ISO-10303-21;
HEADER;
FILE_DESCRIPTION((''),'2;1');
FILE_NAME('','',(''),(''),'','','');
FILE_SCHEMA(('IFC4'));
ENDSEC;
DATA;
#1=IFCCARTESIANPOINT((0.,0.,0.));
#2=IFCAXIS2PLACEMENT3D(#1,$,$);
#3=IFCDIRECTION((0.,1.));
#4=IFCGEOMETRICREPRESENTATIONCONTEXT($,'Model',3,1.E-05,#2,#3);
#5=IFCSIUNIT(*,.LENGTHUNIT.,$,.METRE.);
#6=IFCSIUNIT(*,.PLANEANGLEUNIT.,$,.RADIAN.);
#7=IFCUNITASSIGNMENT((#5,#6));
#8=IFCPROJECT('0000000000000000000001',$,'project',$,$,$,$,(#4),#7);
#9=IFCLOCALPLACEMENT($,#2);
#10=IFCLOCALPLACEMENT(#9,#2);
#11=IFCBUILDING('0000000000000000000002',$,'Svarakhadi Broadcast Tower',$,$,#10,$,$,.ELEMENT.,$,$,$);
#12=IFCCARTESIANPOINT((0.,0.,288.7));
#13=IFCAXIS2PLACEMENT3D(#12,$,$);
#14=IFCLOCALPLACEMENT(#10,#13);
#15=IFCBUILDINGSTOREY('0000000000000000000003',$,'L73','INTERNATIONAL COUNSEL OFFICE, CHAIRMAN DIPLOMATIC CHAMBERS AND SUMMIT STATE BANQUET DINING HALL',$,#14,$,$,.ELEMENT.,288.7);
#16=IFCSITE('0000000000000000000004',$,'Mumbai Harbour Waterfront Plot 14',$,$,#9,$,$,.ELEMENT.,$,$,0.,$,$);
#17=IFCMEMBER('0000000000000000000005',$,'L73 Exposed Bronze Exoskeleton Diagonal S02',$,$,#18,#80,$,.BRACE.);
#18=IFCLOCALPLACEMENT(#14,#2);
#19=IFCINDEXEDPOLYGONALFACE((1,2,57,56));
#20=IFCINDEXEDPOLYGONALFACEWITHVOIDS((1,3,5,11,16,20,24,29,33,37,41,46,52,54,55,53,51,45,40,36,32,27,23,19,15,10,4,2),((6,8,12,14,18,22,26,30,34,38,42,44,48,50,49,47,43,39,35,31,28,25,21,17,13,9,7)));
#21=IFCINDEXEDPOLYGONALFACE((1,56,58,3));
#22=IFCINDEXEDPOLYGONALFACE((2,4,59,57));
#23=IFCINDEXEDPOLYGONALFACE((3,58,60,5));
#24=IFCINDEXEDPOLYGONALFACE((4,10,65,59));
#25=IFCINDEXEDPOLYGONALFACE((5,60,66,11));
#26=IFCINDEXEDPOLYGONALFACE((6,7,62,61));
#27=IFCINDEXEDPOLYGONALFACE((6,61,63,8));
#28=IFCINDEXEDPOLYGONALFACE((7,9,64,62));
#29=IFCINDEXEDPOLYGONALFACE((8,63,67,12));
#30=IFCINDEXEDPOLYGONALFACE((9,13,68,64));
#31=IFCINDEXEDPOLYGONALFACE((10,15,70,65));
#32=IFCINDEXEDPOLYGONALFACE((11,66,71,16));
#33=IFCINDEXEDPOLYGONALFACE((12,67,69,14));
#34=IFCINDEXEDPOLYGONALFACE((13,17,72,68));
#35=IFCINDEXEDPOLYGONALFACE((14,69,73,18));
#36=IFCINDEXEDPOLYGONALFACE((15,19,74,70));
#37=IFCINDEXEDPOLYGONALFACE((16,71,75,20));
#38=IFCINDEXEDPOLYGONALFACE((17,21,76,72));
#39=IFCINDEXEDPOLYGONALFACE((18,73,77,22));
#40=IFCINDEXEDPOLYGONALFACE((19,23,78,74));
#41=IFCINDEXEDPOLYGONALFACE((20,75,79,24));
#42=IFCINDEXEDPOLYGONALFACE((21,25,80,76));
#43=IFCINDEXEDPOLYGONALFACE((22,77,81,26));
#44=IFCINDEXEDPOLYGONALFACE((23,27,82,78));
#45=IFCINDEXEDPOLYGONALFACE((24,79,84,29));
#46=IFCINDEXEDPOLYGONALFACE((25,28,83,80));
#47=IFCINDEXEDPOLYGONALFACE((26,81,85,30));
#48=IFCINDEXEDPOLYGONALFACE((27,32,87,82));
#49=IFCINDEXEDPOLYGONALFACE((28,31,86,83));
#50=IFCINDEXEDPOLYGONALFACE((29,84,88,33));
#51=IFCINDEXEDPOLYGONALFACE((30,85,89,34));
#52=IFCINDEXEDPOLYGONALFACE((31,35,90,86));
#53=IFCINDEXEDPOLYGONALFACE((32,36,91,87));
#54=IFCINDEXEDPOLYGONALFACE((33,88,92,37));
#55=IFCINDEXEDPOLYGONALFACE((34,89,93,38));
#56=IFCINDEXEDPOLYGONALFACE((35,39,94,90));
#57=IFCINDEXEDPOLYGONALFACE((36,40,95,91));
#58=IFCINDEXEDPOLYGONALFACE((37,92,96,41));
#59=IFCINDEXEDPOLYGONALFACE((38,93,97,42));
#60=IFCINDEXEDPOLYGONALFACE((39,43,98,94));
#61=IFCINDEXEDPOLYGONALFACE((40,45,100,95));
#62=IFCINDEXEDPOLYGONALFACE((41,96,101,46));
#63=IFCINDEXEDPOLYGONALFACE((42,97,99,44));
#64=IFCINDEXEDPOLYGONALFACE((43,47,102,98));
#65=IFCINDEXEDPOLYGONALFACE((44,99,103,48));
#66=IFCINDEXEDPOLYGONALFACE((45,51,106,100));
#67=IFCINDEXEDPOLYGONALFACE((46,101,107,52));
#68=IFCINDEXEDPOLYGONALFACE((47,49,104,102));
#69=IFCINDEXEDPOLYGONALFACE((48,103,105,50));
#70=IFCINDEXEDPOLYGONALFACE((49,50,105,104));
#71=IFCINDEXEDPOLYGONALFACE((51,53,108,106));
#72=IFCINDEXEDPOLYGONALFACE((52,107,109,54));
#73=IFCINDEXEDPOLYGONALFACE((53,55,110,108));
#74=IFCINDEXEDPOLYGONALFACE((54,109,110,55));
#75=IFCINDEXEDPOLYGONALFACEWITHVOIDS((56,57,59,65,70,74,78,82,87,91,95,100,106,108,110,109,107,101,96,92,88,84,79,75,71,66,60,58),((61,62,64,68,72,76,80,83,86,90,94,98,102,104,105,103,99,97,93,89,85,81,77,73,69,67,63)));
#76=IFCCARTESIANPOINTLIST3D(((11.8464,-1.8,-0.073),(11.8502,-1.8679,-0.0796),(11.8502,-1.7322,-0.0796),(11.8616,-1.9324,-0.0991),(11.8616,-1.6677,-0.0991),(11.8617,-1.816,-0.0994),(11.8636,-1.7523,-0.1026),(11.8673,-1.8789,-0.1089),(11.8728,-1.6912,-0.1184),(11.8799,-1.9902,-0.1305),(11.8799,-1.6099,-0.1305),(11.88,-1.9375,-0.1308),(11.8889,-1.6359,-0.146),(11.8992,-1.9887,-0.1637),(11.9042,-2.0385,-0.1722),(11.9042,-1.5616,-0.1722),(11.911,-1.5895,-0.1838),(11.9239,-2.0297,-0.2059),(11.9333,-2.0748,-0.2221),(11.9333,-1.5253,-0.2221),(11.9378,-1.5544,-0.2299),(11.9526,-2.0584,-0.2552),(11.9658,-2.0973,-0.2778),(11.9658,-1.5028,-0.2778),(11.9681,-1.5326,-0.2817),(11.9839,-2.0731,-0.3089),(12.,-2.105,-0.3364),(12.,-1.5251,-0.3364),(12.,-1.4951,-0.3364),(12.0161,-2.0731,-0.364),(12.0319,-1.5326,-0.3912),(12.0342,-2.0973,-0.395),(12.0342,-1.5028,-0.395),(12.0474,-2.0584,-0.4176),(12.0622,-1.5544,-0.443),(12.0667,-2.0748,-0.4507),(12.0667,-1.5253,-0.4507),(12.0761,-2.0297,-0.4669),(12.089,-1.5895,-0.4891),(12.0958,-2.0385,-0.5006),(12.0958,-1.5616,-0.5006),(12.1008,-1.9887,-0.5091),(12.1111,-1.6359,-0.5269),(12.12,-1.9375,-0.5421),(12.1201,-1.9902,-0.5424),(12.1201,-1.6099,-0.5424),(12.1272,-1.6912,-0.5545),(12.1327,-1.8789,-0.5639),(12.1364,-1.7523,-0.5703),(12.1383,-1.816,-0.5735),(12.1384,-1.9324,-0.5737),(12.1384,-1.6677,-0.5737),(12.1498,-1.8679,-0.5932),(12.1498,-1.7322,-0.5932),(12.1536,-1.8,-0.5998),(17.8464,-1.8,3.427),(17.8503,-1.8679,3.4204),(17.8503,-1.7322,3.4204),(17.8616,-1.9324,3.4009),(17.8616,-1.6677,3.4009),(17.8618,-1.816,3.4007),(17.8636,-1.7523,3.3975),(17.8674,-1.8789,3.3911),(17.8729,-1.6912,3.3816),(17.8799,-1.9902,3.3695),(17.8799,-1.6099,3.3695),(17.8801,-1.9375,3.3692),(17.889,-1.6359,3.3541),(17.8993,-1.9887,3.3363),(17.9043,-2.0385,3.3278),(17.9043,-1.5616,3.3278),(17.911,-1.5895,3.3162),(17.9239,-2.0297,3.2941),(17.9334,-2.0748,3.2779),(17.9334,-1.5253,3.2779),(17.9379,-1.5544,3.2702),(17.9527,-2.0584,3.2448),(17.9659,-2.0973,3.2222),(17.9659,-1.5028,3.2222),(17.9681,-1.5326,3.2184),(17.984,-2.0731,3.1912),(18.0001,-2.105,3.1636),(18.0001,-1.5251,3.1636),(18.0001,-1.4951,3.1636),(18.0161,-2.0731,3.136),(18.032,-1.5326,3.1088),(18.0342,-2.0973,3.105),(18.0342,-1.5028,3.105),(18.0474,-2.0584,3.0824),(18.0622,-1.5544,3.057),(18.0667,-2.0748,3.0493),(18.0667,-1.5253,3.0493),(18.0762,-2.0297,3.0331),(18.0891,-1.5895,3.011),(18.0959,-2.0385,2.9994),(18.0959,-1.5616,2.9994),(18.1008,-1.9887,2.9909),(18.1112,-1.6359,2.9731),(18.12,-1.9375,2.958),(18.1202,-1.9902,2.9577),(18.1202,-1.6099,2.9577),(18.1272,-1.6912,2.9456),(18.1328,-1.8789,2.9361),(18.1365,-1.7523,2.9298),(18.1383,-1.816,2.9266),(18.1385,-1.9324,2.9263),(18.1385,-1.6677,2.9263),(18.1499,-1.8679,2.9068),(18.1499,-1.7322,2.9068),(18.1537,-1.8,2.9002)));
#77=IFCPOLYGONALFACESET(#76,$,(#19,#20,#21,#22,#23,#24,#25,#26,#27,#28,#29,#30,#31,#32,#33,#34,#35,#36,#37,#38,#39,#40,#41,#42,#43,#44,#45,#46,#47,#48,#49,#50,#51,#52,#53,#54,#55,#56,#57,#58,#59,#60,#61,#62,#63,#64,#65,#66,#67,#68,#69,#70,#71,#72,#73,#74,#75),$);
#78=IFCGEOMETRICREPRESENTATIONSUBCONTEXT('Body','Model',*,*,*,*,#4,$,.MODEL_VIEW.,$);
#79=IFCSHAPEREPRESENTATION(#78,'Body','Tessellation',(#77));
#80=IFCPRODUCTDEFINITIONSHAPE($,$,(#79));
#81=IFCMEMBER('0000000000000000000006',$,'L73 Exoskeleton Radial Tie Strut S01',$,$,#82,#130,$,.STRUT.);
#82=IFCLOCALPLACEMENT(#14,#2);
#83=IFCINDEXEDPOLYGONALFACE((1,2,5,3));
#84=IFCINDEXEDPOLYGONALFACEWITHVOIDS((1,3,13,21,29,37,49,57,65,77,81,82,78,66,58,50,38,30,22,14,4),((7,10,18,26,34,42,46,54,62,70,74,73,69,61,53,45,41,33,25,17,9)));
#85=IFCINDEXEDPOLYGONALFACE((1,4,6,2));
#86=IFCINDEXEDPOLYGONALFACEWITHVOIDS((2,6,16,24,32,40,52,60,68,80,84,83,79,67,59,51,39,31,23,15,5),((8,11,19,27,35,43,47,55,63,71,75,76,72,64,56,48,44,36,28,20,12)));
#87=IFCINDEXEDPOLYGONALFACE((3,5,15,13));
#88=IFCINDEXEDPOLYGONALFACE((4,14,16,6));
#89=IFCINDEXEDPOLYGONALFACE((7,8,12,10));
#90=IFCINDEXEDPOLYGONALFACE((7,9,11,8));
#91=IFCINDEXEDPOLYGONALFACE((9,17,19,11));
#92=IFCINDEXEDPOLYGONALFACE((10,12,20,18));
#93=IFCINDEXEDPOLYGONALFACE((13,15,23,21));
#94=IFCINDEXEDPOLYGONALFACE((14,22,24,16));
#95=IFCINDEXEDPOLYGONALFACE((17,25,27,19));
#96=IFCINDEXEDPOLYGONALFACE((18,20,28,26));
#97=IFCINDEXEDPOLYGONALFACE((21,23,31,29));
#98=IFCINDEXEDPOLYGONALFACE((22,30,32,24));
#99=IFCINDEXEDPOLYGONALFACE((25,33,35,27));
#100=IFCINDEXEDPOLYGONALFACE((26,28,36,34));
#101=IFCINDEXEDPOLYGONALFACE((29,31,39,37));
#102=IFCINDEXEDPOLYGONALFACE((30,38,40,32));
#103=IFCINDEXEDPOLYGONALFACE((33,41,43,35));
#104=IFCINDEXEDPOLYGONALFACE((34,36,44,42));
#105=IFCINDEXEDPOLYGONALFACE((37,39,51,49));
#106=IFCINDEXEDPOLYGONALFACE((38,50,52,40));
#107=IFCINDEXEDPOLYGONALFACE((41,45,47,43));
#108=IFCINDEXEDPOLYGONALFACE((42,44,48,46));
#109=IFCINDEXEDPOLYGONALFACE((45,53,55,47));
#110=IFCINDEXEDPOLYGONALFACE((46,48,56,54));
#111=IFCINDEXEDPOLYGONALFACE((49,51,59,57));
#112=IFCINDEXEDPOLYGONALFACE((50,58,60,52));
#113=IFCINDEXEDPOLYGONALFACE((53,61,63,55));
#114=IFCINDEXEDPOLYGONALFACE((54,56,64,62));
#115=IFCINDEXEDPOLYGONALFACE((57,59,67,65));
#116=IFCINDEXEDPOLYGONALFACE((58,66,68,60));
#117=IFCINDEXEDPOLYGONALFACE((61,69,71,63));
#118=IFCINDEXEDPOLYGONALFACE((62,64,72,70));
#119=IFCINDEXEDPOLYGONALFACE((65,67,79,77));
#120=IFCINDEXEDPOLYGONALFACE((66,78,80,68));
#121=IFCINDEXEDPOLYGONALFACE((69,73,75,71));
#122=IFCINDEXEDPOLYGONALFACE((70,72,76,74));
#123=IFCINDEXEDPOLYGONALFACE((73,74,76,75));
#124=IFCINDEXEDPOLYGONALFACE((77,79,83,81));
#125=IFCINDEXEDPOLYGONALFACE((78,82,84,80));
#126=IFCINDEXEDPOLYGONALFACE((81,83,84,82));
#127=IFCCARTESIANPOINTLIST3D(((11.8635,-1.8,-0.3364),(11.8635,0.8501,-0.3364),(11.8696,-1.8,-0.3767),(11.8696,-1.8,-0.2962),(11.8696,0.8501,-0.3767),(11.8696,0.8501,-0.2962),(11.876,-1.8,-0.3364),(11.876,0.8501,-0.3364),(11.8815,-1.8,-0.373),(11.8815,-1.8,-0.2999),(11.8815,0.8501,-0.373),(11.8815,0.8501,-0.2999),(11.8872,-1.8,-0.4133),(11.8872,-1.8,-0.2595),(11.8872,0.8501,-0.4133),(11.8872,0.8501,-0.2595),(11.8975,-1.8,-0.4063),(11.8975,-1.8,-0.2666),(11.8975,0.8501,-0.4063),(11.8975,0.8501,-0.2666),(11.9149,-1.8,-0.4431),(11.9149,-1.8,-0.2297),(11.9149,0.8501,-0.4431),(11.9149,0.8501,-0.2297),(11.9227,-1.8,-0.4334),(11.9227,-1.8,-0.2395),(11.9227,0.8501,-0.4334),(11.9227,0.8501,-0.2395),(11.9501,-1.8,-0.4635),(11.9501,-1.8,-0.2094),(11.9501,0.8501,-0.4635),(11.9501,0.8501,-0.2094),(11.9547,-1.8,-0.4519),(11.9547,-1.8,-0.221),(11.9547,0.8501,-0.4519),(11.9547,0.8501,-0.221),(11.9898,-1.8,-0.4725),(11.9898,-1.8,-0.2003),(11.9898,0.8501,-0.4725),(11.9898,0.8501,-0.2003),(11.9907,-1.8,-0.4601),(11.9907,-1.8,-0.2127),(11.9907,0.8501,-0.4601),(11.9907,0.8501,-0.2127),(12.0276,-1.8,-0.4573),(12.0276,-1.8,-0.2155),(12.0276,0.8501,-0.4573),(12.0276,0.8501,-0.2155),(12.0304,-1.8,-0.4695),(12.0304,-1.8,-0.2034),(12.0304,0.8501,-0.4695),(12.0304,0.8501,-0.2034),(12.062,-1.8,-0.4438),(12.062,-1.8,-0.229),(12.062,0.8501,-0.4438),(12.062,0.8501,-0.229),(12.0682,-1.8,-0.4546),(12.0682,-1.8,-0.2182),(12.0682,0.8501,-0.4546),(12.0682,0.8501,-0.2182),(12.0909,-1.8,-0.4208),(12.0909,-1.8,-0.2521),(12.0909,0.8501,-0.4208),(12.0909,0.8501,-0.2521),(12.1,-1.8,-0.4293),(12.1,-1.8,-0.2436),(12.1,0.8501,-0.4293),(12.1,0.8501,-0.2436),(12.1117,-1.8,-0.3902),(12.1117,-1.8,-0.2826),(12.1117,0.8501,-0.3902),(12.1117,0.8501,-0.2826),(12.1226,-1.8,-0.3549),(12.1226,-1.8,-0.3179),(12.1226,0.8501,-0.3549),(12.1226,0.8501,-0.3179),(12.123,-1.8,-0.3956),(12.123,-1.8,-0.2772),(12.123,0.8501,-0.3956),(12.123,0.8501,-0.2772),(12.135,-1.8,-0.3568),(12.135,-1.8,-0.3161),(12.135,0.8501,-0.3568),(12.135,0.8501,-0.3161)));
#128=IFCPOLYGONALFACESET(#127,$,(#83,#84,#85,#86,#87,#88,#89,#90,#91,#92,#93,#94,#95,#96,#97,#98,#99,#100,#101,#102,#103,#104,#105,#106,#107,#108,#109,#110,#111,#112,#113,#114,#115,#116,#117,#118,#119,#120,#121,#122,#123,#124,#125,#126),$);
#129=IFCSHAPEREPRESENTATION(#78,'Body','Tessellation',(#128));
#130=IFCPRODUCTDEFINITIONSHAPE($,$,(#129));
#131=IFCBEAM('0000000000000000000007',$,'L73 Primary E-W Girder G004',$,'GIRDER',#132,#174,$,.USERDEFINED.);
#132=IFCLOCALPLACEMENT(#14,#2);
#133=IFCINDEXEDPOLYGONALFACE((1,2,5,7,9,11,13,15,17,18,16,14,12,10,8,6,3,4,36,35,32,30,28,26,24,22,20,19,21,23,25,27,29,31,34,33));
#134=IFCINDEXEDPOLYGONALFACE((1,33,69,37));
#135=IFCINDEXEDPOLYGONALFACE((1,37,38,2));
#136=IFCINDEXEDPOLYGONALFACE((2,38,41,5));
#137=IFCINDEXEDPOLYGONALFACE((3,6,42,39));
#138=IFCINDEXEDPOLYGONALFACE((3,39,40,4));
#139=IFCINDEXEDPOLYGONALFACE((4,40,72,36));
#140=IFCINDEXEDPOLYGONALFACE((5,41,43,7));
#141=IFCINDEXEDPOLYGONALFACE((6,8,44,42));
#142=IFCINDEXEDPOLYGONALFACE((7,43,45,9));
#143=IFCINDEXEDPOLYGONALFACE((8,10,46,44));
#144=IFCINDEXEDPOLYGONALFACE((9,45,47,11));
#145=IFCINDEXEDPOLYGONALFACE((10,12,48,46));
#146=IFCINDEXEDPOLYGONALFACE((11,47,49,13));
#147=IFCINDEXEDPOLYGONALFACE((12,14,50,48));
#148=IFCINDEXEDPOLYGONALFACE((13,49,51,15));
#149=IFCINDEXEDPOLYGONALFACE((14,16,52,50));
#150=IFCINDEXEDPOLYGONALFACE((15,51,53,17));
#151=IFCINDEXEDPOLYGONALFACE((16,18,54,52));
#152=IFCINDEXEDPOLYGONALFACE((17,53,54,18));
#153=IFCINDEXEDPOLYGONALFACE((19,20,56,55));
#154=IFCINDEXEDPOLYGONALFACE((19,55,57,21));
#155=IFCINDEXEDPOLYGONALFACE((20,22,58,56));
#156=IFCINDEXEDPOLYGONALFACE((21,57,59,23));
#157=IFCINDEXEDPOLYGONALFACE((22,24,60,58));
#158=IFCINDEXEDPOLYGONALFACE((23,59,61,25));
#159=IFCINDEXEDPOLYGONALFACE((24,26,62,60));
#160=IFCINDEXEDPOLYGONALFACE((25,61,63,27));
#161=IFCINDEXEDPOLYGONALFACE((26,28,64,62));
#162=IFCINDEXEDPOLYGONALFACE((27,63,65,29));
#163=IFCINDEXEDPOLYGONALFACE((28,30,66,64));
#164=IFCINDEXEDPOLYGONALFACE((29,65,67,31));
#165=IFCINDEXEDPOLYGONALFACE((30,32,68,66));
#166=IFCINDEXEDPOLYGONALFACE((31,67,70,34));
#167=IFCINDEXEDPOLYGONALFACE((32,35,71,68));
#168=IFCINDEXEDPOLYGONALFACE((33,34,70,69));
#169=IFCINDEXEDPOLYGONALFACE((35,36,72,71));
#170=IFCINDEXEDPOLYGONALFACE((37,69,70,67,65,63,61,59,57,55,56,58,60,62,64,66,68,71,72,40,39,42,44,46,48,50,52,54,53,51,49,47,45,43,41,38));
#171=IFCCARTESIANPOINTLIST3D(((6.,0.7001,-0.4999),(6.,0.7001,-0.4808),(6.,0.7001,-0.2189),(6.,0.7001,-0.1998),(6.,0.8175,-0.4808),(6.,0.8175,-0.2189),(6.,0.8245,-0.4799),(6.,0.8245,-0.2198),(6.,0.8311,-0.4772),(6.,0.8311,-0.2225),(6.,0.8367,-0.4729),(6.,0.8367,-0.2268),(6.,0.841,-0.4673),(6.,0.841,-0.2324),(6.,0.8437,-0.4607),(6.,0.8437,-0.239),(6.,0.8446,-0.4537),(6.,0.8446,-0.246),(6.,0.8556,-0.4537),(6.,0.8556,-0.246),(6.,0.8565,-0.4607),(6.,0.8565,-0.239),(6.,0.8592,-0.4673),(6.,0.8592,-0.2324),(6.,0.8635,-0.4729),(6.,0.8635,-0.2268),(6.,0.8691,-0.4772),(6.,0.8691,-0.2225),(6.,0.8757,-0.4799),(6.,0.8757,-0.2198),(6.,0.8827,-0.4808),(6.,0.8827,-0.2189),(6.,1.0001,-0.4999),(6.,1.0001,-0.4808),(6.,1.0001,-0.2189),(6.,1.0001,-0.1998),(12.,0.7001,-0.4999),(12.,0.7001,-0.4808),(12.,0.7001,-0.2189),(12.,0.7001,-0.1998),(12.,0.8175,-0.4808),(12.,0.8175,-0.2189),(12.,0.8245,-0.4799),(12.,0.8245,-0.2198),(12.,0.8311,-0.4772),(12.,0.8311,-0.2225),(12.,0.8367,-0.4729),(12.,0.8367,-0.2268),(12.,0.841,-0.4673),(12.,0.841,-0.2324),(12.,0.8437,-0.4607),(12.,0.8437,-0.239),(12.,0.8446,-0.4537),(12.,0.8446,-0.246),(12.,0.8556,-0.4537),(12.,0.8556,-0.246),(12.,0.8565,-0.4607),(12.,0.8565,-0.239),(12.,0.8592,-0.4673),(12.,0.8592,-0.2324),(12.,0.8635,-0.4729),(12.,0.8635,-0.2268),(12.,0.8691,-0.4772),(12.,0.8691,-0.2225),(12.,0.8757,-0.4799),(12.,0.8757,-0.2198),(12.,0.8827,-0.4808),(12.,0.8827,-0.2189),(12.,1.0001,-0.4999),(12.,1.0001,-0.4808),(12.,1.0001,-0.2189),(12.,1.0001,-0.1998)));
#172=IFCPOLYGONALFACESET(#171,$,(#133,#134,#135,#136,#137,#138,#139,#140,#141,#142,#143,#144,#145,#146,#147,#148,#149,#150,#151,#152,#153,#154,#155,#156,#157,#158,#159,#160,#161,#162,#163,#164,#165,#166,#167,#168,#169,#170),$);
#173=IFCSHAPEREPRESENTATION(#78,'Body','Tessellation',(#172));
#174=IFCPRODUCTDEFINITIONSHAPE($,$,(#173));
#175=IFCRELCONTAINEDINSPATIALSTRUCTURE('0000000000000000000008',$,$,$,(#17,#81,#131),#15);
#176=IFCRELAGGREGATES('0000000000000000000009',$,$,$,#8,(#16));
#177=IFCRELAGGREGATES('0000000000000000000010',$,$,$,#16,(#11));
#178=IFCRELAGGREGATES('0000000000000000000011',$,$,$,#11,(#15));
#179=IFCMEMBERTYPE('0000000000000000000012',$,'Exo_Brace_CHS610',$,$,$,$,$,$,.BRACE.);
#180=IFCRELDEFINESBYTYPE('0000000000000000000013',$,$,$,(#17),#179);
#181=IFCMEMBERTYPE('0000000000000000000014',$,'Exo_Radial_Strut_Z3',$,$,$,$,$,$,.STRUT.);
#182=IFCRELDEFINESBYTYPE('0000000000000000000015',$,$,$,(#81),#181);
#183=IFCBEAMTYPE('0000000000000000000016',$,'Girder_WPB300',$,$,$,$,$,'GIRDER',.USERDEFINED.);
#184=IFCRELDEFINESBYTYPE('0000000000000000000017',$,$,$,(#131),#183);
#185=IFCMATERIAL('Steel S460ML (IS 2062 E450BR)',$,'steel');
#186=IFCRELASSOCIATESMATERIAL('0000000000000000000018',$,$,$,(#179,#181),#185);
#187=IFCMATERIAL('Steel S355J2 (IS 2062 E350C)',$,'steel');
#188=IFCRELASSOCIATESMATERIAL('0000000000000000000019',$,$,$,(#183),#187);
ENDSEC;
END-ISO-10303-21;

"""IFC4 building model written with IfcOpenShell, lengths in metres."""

from ifc_helpers import new_model, si_unit, direction, frame, origin, origin_2d, place, context, subcontext, project, spatial, hollow_circle, i_section, extrude, material, material_profile, profile_set, type_object, element, save


model = new_model("IFC4")

# Units and contexts
model_context = context("Model", 3, precision=1e-05, world=origin(), true_north=direction((0.0, 1.0)))
body_context = subcontext(model_context, "Body", "Model", "MODEL_VIEW")
ifc_project = project(units=[si_unit("LENGTHUNIT", "METRE"), si_unit("PLANEANGLEUNIT", "RADIAN")], contexts=[model_context])

# Site, building, storey
site_placement = place(None, origin())
site = spatial("IfcSite", under=ifc_project, at=site_placement, Name="Mumbai Harbour Waterfront Plot 14", CompositionType="ELEMENT", RefElevation=0.0)
building_placement = place(site_placement, origin())
building = spatial("IfcBuilding", under=site, at=building_placement, Name="Svarakhadi Broadcast Tower", CompositionType="ELEMENT")
storey_placement = place(building_placement, frame((0.0, 0.0, 288.7)))
storey = spatial("IfcBuildingStorey", under=building, at=storey_placement, Name="L73", Description="INTERNATIONAL COUNSEL OFFICE, CHAIRMAN DIPLOMATIC CHAMBERS AND SUMMIT STATE BANQUET DINING HALL", CompositionType="ELEMENT", Elevation=288.7)

# Shared definitions
ifc_material_1 = material(Name="Steel S460ML (IS 2062 E450BR)", Category="steel")

# Members
ifc_material_profile_1 = material_profile(ifc_material_1, hollow_circle(Radius=0.3049, WallThickness=0.03, at=origin_2d()), Name="CHS 610x30")
ifc_profile_set_1 = profile_set([ifc_material_profile_1], Name="Steel S460ML (IS 2062 E450BR)")
member_type_1 = type_object("IfcMemberType", Name="Exo_Brace_CHS610", PredefinedType="BRACE", material=ifc_profile_set_1)
for number, where, z_axis, x_axis, name in (
    (1, (12.0, -1.8, -0.3364), (0.863779, 0.0, 0.503871), (0.0, 1.0, 0.0), "L73 Exposed Bronze Exoskeleton Diagonal S02"),
):
    element("IfcMember", number, at=place(storey_placement, frame(where, z_axis=z_axis, x_axis=x_axis)), inside=storey, type_object=member_type_1, Name=name, PredefinedType="BRACE", context=body_context, shape_type="SweptSolid", body=[
        extrude(hollow_circle(Radius=0.3049, WallThickness=0.03, at=origin_2d()), origin(), (0.0, 0.0, 1.0), 6.9463),
    ])
ifc_material_profile_2 = material_profile(ifc_material_1, hollow_circle(Radius=0.1365, WallThickness=0.0125, at=origin_2d()), Name="CHS 273x12.5")
ifc_profile_set_2 = profile_set([ifc_material_profile_2], Name="Steel S460ML (IS 2062 E450BR)")
member_type_2 = type_object("IfcMemberType", Name="Exo_Radial_Strut_Z3", PredefinedType="STRUT", material=ifc_profile_set_2)
member_1_placement = place(storey_placement, frame((12.0, -1.8, -0.3364), z_axis=(0.0, 1.0, 0.0), x_axis=(-1.0, 0.0, 0.0)))
element("IfcMember", 2, at=member_1_placement, inside=storey, type_object=member_type_2, Name="L73 Exoskeleton Radial Tie Strut S01", PredefinedType="STRUT", context=body_context, shape_type="SweptSolid", body=[
    extrude(hollow_circle(Radius=0.1365, WallThickness=0.0125, at=origin_2d()), origin(), (0.0, 0.0, 1.0), 2.6501),
])

# Beam
ifc_material_2 = material(Name="Steel S355J2 (IS 2062 E350C)", Category="steel")
ifc_material_profile_3 = material_profile(ifc_material_2, i_section(OverallWidth=0.3, OverallDepth=0.3, WebThickness=0.011, FlangeThickness=0.019, FilletRadius=0.0271, at=origin_2d()), Name="WPB 300x300x117")
ifc_profile_set_3 = profile_set([ifc_material_profile_3], Name="Steel S355J2 (IS 2062 E350C)")
beam_type = type_object("IfcBeamType", Name="Girder_WPB300", ElementType="GIRDER", PredefinedType="USERDEFINED", material=ifc_profile_set_3)
beam_1_placement = place(storey_placement, frame((6.0, 0.8501, -0.3499), z_axis=(1.0, 0.0, 0.0), x_axis=(0.0, 1.0, 0.0)))
element("IfcBeam", 3, at=beam_1_placement, inside=storey, type_object=beam_type, Name="L73 Primary E-W Girder G004", ObjectType="GIRDER", PredefinedType="USERDEFINED", context=body_context, shape_type="SweptSolid", body=[
    extrude(i_section(OverallWidth=0.3, OverallDepth=0.3, WebThickness=0.011, FlangeThickness=0.019, FilletRadius=0.0271, at=origin_2d()), origin(), (0.0, 0.0, 1.0), 6.0),
])

save(model, "model.ifc")
